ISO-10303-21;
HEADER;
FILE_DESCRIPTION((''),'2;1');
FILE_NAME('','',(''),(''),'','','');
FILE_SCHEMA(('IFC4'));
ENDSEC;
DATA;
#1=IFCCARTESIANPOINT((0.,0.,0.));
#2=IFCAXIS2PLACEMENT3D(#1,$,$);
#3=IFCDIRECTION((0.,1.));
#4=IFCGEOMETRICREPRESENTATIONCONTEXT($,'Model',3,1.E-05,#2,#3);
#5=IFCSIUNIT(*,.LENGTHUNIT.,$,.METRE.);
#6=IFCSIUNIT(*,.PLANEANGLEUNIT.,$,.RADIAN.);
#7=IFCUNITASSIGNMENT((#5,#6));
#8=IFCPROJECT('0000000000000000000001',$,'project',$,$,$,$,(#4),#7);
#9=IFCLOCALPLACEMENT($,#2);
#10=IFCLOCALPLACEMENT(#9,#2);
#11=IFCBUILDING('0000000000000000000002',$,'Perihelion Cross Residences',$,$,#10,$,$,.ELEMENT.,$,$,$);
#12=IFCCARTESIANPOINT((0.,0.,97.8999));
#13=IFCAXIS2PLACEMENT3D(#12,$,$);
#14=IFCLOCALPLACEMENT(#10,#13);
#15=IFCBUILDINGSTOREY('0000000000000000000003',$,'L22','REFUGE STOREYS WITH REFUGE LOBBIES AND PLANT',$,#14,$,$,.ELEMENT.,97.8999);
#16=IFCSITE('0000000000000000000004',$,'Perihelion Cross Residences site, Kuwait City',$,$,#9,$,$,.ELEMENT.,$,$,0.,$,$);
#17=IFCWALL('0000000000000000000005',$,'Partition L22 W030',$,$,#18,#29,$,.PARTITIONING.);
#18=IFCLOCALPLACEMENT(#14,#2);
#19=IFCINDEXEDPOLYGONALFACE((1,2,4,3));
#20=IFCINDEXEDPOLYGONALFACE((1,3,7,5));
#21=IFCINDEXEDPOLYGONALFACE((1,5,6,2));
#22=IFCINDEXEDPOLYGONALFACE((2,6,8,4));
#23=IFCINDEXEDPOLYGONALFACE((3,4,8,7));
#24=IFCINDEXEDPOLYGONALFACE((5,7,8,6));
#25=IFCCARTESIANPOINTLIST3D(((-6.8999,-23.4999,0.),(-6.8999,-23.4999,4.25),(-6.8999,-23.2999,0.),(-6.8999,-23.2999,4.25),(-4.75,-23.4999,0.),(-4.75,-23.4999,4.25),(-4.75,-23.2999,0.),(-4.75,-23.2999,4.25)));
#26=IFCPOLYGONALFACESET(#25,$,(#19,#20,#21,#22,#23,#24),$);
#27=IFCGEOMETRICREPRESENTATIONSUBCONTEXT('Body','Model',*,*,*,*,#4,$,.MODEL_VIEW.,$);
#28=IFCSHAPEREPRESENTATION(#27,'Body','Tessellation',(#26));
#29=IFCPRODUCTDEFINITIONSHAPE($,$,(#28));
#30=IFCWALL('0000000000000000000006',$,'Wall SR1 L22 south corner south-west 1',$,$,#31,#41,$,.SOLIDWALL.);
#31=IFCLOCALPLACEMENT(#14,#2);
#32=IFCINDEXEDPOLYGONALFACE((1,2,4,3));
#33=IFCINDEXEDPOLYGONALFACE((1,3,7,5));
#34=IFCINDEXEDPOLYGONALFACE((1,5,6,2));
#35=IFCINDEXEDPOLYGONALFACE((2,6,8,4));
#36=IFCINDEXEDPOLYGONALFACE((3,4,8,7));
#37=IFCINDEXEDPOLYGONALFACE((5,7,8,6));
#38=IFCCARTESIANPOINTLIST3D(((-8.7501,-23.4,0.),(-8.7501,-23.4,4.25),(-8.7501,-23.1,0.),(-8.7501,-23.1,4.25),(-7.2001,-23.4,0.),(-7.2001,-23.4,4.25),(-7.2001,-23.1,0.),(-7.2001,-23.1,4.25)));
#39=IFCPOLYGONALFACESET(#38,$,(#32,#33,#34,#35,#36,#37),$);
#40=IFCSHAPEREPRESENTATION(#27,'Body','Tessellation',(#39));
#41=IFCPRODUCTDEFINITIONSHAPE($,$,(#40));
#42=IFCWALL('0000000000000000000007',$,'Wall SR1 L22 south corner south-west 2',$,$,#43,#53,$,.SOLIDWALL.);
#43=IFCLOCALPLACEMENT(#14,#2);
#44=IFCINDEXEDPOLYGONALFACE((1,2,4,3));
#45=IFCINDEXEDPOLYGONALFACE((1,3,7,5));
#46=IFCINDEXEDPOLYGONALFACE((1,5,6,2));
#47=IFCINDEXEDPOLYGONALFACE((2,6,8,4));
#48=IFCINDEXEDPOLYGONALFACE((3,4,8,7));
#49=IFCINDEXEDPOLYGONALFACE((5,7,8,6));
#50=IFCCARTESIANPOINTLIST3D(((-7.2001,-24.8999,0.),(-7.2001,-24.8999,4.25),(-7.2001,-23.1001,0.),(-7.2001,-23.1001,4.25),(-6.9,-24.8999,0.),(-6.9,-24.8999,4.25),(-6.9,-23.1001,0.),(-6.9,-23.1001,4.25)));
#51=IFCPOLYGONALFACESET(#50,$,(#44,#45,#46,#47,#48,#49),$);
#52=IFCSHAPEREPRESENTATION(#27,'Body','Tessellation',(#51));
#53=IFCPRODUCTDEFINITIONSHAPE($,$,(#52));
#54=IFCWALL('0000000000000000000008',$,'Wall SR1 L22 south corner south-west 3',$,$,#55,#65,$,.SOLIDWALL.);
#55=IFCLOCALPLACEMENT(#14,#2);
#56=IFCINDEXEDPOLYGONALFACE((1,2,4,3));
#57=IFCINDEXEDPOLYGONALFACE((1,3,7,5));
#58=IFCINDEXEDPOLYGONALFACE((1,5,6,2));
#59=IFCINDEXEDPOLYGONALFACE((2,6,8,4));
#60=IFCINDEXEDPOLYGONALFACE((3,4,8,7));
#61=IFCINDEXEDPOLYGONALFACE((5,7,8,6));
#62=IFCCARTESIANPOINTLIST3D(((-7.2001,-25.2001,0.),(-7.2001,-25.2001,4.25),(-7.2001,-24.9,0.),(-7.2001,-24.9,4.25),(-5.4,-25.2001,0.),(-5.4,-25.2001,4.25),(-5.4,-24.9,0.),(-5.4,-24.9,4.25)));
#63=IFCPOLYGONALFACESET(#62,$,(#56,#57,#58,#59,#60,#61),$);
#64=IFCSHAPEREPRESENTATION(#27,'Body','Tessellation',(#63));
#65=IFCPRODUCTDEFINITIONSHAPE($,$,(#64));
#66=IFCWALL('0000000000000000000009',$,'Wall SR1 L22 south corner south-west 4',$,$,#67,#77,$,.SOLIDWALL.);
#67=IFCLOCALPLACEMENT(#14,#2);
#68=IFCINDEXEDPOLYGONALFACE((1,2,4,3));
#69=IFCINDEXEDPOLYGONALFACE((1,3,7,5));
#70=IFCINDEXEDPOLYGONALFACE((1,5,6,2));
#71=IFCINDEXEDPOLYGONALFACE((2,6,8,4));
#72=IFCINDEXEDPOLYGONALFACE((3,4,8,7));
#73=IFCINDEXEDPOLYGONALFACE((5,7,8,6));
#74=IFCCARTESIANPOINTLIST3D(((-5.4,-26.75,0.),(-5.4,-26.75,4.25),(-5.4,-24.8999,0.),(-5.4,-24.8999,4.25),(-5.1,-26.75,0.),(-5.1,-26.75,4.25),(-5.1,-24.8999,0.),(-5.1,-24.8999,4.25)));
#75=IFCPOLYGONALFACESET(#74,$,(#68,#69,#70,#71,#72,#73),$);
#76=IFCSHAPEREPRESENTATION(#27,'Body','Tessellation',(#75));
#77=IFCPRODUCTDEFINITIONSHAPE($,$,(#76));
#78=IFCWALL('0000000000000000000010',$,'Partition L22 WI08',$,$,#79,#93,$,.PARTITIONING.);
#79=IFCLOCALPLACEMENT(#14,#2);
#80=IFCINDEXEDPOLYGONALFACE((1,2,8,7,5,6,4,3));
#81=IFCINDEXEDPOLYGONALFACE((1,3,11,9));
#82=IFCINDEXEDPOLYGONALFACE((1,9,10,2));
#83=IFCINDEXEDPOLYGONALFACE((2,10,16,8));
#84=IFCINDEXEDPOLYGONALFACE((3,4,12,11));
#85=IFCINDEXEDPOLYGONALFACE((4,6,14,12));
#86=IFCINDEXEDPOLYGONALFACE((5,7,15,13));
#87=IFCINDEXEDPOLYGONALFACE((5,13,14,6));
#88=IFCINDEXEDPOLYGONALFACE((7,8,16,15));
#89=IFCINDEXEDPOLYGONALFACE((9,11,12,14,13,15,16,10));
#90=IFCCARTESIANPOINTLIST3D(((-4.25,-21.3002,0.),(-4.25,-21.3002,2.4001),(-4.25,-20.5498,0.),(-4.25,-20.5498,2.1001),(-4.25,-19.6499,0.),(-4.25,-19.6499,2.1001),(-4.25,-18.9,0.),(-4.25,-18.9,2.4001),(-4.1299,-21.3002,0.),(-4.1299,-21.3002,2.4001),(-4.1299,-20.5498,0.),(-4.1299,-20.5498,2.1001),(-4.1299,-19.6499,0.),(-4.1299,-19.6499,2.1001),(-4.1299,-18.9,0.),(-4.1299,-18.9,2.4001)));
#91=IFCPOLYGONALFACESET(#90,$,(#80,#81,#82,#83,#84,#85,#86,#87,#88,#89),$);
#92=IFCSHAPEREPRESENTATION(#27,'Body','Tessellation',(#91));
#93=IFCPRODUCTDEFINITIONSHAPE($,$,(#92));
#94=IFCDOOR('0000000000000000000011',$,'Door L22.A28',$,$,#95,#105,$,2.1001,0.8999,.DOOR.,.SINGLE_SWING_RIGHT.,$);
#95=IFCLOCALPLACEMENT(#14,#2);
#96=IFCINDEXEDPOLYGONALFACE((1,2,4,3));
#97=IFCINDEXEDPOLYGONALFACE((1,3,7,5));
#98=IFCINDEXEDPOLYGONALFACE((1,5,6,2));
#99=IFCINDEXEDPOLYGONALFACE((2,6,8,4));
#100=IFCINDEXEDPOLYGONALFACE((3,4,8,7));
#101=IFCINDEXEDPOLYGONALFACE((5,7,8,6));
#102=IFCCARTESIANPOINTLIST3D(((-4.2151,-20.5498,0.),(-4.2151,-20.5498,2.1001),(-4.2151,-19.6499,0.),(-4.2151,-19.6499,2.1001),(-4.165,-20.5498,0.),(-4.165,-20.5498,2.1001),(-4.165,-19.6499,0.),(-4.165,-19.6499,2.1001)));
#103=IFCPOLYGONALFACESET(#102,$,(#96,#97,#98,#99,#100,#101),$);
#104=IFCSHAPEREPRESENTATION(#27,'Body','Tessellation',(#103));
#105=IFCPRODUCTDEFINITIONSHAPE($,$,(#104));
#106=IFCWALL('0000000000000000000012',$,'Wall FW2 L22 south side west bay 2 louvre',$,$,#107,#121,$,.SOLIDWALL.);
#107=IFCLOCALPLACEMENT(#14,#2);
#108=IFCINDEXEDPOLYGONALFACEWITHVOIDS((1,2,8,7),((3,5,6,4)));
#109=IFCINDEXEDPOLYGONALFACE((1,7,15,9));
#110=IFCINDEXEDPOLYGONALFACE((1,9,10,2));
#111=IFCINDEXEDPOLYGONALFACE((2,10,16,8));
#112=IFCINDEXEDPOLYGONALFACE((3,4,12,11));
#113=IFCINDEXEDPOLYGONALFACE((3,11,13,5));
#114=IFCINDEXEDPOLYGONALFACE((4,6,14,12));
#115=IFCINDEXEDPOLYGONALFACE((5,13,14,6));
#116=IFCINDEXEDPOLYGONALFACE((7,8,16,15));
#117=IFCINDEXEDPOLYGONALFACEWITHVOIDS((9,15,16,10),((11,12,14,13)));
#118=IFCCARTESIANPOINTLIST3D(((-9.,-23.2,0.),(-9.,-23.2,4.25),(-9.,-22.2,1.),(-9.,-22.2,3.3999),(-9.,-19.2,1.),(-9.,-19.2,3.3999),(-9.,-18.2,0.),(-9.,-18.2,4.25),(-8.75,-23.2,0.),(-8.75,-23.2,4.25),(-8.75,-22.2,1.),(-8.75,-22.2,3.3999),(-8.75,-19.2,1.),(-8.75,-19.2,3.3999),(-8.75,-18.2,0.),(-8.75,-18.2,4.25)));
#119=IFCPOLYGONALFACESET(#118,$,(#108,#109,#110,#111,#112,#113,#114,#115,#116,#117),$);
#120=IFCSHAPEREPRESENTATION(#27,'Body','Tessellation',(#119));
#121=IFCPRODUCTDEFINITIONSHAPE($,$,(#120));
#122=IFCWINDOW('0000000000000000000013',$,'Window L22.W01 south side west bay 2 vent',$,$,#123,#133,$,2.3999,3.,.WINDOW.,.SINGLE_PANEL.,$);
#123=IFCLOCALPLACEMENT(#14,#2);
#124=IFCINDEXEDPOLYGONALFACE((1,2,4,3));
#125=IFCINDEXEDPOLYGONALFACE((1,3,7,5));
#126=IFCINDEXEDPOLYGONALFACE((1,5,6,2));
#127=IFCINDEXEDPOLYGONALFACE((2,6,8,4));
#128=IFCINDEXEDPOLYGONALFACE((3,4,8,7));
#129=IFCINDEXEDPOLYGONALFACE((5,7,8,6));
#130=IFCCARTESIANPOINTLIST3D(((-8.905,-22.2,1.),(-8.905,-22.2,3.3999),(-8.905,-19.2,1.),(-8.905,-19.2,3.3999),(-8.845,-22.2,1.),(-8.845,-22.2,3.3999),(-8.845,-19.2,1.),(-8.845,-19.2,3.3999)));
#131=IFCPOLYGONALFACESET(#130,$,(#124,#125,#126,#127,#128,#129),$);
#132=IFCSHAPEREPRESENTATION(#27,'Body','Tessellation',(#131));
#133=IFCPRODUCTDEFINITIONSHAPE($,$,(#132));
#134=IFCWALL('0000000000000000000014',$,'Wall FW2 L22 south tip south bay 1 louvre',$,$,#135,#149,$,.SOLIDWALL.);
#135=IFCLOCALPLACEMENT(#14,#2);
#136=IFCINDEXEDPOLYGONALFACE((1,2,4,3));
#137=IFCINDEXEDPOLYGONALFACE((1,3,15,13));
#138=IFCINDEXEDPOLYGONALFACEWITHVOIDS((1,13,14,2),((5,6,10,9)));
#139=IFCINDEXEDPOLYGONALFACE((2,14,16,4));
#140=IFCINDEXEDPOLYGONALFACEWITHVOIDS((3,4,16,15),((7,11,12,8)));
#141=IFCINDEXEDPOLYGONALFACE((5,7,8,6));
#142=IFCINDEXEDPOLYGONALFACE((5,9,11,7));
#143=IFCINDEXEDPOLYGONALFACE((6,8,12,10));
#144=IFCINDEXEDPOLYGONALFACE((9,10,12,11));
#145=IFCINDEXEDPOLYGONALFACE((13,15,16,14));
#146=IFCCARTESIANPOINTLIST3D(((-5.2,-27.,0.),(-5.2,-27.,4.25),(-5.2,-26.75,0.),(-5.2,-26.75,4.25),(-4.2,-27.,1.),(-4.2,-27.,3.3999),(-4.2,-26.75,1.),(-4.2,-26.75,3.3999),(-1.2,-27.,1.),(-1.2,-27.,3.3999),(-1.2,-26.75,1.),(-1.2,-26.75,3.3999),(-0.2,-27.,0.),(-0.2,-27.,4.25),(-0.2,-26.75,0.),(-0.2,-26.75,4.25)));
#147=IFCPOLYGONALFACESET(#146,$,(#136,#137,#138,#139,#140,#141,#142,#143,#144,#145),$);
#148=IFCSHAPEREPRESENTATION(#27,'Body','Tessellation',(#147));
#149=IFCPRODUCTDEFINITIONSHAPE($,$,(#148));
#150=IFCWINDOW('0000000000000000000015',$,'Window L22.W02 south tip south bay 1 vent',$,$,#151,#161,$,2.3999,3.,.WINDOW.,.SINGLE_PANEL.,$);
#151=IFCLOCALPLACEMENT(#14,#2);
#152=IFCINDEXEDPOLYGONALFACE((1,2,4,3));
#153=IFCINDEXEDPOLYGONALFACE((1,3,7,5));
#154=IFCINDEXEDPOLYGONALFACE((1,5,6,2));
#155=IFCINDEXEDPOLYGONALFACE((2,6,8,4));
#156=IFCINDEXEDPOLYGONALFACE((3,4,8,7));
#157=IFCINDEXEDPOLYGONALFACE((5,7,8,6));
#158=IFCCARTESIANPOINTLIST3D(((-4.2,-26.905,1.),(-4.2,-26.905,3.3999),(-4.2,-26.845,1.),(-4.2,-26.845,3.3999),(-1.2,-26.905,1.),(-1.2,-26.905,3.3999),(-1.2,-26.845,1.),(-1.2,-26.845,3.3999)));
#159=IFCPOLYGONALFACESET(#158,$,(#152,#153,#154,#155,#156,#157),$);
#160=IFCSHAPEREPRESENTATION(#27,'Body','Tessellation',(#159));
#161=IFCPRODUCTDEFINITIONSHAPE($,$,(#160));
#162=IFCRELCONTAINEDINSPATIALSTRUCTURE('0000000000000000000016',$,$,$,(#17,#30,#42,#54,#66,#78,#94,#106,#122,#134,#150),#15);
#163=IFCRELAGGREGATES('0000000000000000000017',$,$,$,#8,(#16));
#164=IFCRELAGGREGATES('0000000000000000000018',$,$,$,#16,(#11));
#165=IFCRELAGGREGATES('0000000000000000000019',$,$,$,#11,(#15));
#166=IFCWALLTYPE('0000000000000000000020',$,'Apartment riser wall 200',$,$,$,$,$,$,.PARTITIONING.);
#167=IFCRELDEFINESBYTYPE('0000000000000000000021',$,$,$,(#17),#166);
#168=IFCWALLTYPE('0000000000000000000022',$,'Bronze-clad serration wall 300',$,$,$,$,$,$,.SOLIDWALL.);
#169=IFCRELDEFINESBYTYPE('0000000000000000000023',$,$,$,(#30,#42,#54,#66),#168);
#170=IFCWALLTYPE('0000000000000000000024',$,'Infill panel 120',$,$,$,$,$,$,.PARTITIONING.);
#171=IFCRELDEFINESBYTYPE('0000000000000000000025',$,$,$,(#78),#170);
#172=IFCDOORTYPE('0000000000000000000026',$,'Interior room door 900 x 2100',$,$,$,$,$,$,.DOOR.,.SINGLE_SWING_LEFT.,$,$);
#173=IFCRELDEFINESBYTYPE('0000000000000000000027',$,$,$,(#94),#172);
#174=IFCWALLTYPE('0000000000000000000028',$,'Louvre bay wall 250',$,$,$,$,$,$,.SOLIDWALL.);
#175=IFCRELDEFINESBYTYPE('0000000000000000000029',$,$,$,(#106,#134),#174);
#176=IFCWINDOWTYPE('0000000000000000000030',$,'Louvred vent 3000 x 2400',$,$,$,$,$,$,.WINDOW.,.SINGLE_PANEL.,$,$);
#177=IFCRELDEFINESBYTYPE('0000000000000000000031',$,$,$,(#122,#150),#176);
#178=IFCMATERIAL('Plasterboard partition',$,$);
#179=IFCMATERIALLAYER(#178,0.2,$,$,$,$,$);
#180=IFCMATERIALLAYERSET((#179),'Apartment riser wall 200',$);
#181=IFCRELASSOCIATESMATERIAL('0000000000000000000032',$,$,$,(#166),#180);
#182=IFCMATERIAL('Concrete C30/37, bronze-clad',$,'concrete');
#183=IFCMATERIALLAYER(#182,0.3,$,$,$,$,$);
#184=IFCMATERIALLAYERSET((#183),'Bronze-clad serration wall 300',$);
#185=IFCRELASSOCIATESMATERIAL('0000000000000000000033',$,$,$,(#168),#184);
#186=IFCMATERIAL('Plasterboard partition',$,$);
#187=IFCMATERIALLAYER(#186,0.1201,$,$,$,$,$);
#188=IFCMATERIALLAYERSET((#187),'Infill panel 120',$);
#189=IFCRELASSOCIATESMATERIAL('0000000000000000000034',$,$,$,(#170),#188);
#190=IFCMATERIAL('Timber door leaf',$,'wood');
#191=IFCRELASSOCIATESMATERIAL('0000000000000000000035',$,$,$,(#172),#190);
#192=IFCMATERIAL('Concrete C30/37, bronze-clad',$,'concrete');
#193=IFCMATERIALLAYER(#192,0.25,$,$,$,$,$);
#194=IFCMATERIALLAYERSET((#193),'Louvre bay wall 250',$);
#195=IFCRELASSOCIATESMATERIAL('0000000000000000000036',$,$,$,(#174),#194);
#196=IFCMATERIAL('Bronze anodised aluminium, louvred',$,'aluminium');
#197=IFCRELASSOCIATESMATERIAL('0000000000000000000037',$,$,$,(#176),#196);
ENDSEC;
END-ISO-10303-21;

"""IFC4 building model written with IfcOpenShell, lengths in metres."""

from ifc_helpers import new_model, si_unit, direction, frame, frame_2d, origin, place, context, subcontext, project, spatial, rectangle, extrude, material, layer, layer_set, type_object, element, fill, save


model = new_model("IFC4")

# Units and contexts
model_context = context("Model", 3, precision=1e-05, world=origin(), true_north=direction((0.0, 1.0)))
body_context = subcontext(model_context, "Body", "Model", "MODEL_VIEW")
ifc_project = project(units=[si_unit("LENGTHUNIT", "METRE"), si_unit("PLANEANGLEUNIT", "RADIAN")], contexts=[model_context])

# Site, building, storey
site_placement = place(None, origin())
site = spatial("IfcSite", under=ifc_project, at=site_placement, Name="Perihelion Cross Residences site, Kuwait City", CompositionType="ELEMENT", RefElevation=0.0)
building_placement = place(site_placement, origin())
building = spatial("IfcBuilding", under=site, at=building_placement, Name="Perihelion Cross Residences", CompositionType="ELEMENT")
storey_placement = place(building_placement, frame((0.0, 0.0, 97.8999)))
storey = spatial("IfcBuildingStorey", under=building, at=storey_placement, Name="L22", Description="REFUGE STOREYS WITH REFUGE LOBBIES AND PLANT", CompositionType="ELEMENT", Elevation=97.8999)

# Walls
ifc_material_1 = material(Name="Plasterboard partition")
ifc_layer_1 = layer(ifc_material_1, 0.2)
ifc_layer_set_1 = layer_set([ifc_layer_1], Name="Apartment riser wall 200")
wall_type_1 = type_object("IfcWallType", Name="Apartment riser wall 200", PredefinedType="PARTITIONING", material=ifc_layer_set_1)
wall_1_placement = place(storey_placement, frame((-4.75, -23.3999, 0.0), z_axis=(0.0, 0.0, 1.0), x_axis=(-1.0, 0.0, 0.0)))
element("IfcWall", 1, at=wall_1_placement, inside=storey, type_object=wall_type_1, Name="Partition L22 W030", PredefinedType="PARTITIONING", context=body_context, shape_type="SweptSolid", body=[
    extrude(rectangle(XDim=2.1499, YDim=0.2, at=frame_2d((1.075, 0.0))), origin(), (0.0, 0.0, 1.0), 4.25),
])
ifc_material_2 = material(Name="Concrete C30/37, bronze-clad", Category="concrete")
ifc_layer_2 = layer(ifc_material_2, 0.3)
ifc_layer_set_2 = layer_set([ifc_layer_2], Name="Bronze-clad serration wall 300")
wall_type_2 = type_object("IfcWallType", Name="Bronze-clad serration wall 300", PredefinedType="SOLIDWALL", material=ifc_layer_set_2)
wall_2_placement = place(storey_placement, frame((-8.75, -23.25, 0.0), z_axis=(0.0, 0.0, 1.0), x_axis=(1.0, 0.0, 0.0)))
element("IfcWall", 2, at=wall_2_placement, inside=storey, type_object=wall_type_2, Name="Wall SR1 L22 south corner south-west 1", PredefinedType="SOLIDWALL", context=body_context, shape_type="SweptSolid", body=[
    extrude(rectangle(XDim=1.55, YDim=0.3, at=frame_2d((0.7749, 0.0))), origin(), (0.0, 0.0, 1.0), 4.25),
])
wall_3_placement = place(storey_placement, frame((-7.05, -23.1001, 0.0), z_axis=(0.0, 0.0, 1.0), x_axis=(0.0, -1.0, 0.0)))
element("IfcWall", 3, at=wall_3_placement, inside=storey, type_object=wall_type_2, Name="Wall SR1 L22 south corner south-west 2", PredefinedType="SOLIDWALL", context=body_context, shape_type="SweptSolid", body=[
    extrude(rectangle(XDim=1.7998, YDim=0.3, at=frame_2d((0.8999, 0.0))), origin(), (0.0, 0.0, 1.0), 4.25),
])
wall_4_placement = place(storey_placement, frame((-7.2, -25.05, 0.0), z_axis=(0.0, 0.0, 1.0), x_axis=(1.0, 0.0, 0.0)))
element("IfcWall", 4, at=wall_4_placement, inside=storey, type_object=wall_type_2, Name="Wall SR1 L22 south corner south-west 3", PredefinedType="SOLIDWALL", context=body_context, shape_type="SweptSolid", body=[
    extrude(rectangle(XDim=1.8, YDim=0.3, at=frame_2d((0.8999, 0.0))), origin(), (0.0, 0.0, 1.0), 4.25),
])
wall_5_placement = place(storey_placement, frame((-5.25, -24.8999, 0.0), z_axis=(0.0, 0.0, 1.0), x_axis=(0.0, -1.0, 0.0)))
element("IfcWall", 5, at=wall_5_placement, inside=storey, type_object=wall_type_2, Name="Wall SR1 L22 south corner south-west 4", PredefinedType="SOLIDWALL", context=body_context, shape_type="SweptSolid", body=[
    extrude(rectangle(XDim=1.8501, YDim=0.3, at=frame_2d((0.925, 0.0))), origin(), (0.0, 0.0, 1.0), 4.25),
])

# Wall, opening, door
ifc_material_3 = material(Name="Plasterboard partition")
ifc_layer_3 = layer(ifc_material_3, 0.1201)
ifc_layer_set_3 = layer_set([ifc_layer_3], Name="Infill panel 120")
wall_type_3 = type_object("IfcWallType", Name="Infill panel 120", PredefinedType="PARTITIONING", material=ifc_layer_set_3)
wall_6_placement = place(storey_placement, frame((-4.1899, -18.8999, 0.0), z_axis=(0.0, 0.0, 1.0), x_axis=(0.0, -1.0, 0.0)))
wall_6 = element("IfcWall", 6, at=wall_6_placement, inside=storey, type_object=wall_type_3, Name="Partition L22 WI08", PredefinedType="PARTITIONING", context=body_context, shape_type="SweptSolid", body=[
    extrude(rectangle(XDim=2.4001, YDim=0.1201, at=frame_2d((1.2002, 0.0))), origin(), (0.0, 0.0, 1.0), 2.4001),
])
opening_1_placement = place(wall_6_placement, frame((0.75, 0.0, 0.0)))
opening_1 = element("IfcOpeningElement", 7, at=opening_1_placement, cuts=wall_6, PredefinedType="OPENING", context=body_context, shape_type="SweptSolid", body=[
    extrude(rectangle(XDim=0.8999, YDim=2.1001, at=frame_2d((0.45, 1.05))), frame((0.0, 0.0701, 0.0), z_axis=(0.0, -1.0, 0.0), x_axis=(1.0, 0.0, 0.0)), (0.0, 0.0, 1.0), 0.1401),
])
ifc_material_4 = material(Name="Timber door leaf", Category="wood")
door_type = type_object("IfcDoorType", Name="Interior room door 900 x 2100", OperationType="SINGLE_SWING_LEFT", PredefinedType="DOOR", material=ifc_material_4)
door_placement = place(opening_1_placement, origin())
door = element("IfcDoor", 8, at=door_placement, inside=storey, type_object=door_type, Name="Door L22.A28", OperationType="SINGLE_SWING_RIGHT", OverallHeight=2.1001, OverallWidth=0.8999, PredefinedType="DOOR", context=body_context, shape_type="SweptSolid", body=[
    extrude(rectangle(XDim=0.8999, YDim=2.1001, at=frame_2d((0.45, 1.05))), frame((0.0, 0.0249, 0.0), z_axis=(0.0, -1.0, 0.0), x_axis=(1.0, 0.0, 0.0)), (0.0, 0.0, 1.0), 0.05),
])
fill(opening_1, door)

# Walls, openings, windows
ifc_material_5 = material(Name="Concrete C30/37, bronze-clad", Category="concrete")
ifc_layer_4 = layer(ifc_material_5, 0.25)
ifc_layer_set_4 = layer_set([ifc_layer_4], Name="Louvre bay wall 250")
wall_type_4 = type_object("IfcWallType", Name="Louvre bay wall 250", PredefinedType="SOLIDWALL", material=ifc_layer_set_4)
wall_7_placement = place(storey_placement, frame((-8.875, -18.2, 0.0), z_axis=(0.0, 0.0, 1.0), x_axis=(0.0, -1.0, 0.0)))
wall_7 = element("IfcWall", 9, at=wall_7_placement, inside=storey, type_object=wall_type_4, Name="Wall FW2 L22 south side west bay 2 louvre", PredefinedType="SOLIDWALL", context=body_context, shape_type="SweptSolid", body=[
    extrude(rectangle(XDim=5.0, YDim=0.25, at=frame_2d((2.5, 0.0))), origin(), (0.0, 0.0, 1.0), 4.25),
])
opening_2_placement = place(wall_7_placement, frame((1.0, 0.0, 1.0)))
opening_2 = element("IfcOpeningElement", 10, at=opening_2_placement, cuts=wall_7, PredefinedType="OPENING", context=body_context, shape_type="SweptSolid", body=[
    extrude(rectangle(XDim=3.0, YDim=2.3999, at=frame_2d((1.5, 1.2))), frame((0.0, 0.135, 0.0), z_axis=(0.0, -1.0, 0.0), x_axis=(1.0, 0.0, 0.0)), (0.0, 0.0, 1.0), 0.27),
])
ifc_material_6 = material(Name="Bronze anodised aluminium, louvred", Category="aluminium")
window_type = type_object("IfcWindowType", Name="Louvred vent 3000 x 2400", PartitioningType="SINGLE_PANEL", PredefinedType="WINDOW", material=ifc_material_6)
window_1_placement = place(opening_2_placement, origin())
window_1 = element("IfcWindow", 11, at=window_1_placement, inside=storey, type_object=window_type, Name="Window L22.W01 south side west bay 2 vent", OverallHeight=2.3999, OverallWidth=3.0, PartitioningType="SINGLE_PANEL", PredefinedType="WINDOW", context=body_context, shape_type="SweptSolid", body=[
    extrude(rectangle(XDim=3.0, YDim=2.3999, at=frame_2d((1.5, 1.2))), frame((0.0, 0.03, 0.0), z_axis=(0.0, -1.0, 0.0), x_axis=(1.0, 0.0, 0.0)), (0.0, 0.0, 1.0), 0.0601),
])
fill(opening_2, window_1)
wall_8_placement = place(storey_placement, frame((-5.2, -26.875, 0.0), z_axis=(0.0, 0.0, 1.0), x_axis=(1.0, 0.0, 0.0)))
wall_8 = element("IfcWall", 12, at=wall_8_placement, inside=storey, type_object=wall_type_4, Name="Wall FW2 L22 south tip south bay 1 louvre", PredefinedType="SOLIDWALL", context=body_context, shape_type="SweptSolid", body=[
    extrude(rectangle(XDim=5.0, YDim=0.25, at=frame_2d((2.5, 0.0))), origin(), (0.0, 0.0, 1.0), 4.25),
])
opening_3_placement = place(wall_8_placement, frame((1.0, 0.0, 1.0)))
opening_3 = element("IfcOpeningElement", 13, at=opening_3_placement, cuts=wall_8, PredefinedType="OPENING", context=body_context, shape_type="SweptSolid", body=[
    extrude(rectangle(XDim=3.0, YDim=2.3999, at=frame_2d((1.5, 1.2))), frame((0.0, 0.135, 0.0), z_axis=(0.0, -1.0, 0.0), x_axis=(1.0, 0.0, 0.0)), (0.0, 0.0, 1.0), 0.27),
])
window_2_placement = place(opening_3_placement, origin())
window_2 = element("IfcWindow", 14, at=window_2_placement, inside=storey, type_object=window_type, Name="Window L22.W02 south tip south bay 1 vent", OverallHeight=2.3999, OverallWidth=3.0, PartitioningType="SINGLE_PANEL", PredefinedType="WINDOW", context=body_context, shape_type="SweptSolid", body=[
    extrude(rectangle(XDim=3.0, YDim=2.3999, at=frame_2d((1.5, 1.2))), frame((0.0, 0.03, 0.0), z_axis=(0.0, -1.0, 0.0), x_axis=(1.0, 0.0, 0.0)), (0.0, 0.0, 1.0), 0.0601),
])
fill(opening_3, window_2)

save(model, "model.ifc")
